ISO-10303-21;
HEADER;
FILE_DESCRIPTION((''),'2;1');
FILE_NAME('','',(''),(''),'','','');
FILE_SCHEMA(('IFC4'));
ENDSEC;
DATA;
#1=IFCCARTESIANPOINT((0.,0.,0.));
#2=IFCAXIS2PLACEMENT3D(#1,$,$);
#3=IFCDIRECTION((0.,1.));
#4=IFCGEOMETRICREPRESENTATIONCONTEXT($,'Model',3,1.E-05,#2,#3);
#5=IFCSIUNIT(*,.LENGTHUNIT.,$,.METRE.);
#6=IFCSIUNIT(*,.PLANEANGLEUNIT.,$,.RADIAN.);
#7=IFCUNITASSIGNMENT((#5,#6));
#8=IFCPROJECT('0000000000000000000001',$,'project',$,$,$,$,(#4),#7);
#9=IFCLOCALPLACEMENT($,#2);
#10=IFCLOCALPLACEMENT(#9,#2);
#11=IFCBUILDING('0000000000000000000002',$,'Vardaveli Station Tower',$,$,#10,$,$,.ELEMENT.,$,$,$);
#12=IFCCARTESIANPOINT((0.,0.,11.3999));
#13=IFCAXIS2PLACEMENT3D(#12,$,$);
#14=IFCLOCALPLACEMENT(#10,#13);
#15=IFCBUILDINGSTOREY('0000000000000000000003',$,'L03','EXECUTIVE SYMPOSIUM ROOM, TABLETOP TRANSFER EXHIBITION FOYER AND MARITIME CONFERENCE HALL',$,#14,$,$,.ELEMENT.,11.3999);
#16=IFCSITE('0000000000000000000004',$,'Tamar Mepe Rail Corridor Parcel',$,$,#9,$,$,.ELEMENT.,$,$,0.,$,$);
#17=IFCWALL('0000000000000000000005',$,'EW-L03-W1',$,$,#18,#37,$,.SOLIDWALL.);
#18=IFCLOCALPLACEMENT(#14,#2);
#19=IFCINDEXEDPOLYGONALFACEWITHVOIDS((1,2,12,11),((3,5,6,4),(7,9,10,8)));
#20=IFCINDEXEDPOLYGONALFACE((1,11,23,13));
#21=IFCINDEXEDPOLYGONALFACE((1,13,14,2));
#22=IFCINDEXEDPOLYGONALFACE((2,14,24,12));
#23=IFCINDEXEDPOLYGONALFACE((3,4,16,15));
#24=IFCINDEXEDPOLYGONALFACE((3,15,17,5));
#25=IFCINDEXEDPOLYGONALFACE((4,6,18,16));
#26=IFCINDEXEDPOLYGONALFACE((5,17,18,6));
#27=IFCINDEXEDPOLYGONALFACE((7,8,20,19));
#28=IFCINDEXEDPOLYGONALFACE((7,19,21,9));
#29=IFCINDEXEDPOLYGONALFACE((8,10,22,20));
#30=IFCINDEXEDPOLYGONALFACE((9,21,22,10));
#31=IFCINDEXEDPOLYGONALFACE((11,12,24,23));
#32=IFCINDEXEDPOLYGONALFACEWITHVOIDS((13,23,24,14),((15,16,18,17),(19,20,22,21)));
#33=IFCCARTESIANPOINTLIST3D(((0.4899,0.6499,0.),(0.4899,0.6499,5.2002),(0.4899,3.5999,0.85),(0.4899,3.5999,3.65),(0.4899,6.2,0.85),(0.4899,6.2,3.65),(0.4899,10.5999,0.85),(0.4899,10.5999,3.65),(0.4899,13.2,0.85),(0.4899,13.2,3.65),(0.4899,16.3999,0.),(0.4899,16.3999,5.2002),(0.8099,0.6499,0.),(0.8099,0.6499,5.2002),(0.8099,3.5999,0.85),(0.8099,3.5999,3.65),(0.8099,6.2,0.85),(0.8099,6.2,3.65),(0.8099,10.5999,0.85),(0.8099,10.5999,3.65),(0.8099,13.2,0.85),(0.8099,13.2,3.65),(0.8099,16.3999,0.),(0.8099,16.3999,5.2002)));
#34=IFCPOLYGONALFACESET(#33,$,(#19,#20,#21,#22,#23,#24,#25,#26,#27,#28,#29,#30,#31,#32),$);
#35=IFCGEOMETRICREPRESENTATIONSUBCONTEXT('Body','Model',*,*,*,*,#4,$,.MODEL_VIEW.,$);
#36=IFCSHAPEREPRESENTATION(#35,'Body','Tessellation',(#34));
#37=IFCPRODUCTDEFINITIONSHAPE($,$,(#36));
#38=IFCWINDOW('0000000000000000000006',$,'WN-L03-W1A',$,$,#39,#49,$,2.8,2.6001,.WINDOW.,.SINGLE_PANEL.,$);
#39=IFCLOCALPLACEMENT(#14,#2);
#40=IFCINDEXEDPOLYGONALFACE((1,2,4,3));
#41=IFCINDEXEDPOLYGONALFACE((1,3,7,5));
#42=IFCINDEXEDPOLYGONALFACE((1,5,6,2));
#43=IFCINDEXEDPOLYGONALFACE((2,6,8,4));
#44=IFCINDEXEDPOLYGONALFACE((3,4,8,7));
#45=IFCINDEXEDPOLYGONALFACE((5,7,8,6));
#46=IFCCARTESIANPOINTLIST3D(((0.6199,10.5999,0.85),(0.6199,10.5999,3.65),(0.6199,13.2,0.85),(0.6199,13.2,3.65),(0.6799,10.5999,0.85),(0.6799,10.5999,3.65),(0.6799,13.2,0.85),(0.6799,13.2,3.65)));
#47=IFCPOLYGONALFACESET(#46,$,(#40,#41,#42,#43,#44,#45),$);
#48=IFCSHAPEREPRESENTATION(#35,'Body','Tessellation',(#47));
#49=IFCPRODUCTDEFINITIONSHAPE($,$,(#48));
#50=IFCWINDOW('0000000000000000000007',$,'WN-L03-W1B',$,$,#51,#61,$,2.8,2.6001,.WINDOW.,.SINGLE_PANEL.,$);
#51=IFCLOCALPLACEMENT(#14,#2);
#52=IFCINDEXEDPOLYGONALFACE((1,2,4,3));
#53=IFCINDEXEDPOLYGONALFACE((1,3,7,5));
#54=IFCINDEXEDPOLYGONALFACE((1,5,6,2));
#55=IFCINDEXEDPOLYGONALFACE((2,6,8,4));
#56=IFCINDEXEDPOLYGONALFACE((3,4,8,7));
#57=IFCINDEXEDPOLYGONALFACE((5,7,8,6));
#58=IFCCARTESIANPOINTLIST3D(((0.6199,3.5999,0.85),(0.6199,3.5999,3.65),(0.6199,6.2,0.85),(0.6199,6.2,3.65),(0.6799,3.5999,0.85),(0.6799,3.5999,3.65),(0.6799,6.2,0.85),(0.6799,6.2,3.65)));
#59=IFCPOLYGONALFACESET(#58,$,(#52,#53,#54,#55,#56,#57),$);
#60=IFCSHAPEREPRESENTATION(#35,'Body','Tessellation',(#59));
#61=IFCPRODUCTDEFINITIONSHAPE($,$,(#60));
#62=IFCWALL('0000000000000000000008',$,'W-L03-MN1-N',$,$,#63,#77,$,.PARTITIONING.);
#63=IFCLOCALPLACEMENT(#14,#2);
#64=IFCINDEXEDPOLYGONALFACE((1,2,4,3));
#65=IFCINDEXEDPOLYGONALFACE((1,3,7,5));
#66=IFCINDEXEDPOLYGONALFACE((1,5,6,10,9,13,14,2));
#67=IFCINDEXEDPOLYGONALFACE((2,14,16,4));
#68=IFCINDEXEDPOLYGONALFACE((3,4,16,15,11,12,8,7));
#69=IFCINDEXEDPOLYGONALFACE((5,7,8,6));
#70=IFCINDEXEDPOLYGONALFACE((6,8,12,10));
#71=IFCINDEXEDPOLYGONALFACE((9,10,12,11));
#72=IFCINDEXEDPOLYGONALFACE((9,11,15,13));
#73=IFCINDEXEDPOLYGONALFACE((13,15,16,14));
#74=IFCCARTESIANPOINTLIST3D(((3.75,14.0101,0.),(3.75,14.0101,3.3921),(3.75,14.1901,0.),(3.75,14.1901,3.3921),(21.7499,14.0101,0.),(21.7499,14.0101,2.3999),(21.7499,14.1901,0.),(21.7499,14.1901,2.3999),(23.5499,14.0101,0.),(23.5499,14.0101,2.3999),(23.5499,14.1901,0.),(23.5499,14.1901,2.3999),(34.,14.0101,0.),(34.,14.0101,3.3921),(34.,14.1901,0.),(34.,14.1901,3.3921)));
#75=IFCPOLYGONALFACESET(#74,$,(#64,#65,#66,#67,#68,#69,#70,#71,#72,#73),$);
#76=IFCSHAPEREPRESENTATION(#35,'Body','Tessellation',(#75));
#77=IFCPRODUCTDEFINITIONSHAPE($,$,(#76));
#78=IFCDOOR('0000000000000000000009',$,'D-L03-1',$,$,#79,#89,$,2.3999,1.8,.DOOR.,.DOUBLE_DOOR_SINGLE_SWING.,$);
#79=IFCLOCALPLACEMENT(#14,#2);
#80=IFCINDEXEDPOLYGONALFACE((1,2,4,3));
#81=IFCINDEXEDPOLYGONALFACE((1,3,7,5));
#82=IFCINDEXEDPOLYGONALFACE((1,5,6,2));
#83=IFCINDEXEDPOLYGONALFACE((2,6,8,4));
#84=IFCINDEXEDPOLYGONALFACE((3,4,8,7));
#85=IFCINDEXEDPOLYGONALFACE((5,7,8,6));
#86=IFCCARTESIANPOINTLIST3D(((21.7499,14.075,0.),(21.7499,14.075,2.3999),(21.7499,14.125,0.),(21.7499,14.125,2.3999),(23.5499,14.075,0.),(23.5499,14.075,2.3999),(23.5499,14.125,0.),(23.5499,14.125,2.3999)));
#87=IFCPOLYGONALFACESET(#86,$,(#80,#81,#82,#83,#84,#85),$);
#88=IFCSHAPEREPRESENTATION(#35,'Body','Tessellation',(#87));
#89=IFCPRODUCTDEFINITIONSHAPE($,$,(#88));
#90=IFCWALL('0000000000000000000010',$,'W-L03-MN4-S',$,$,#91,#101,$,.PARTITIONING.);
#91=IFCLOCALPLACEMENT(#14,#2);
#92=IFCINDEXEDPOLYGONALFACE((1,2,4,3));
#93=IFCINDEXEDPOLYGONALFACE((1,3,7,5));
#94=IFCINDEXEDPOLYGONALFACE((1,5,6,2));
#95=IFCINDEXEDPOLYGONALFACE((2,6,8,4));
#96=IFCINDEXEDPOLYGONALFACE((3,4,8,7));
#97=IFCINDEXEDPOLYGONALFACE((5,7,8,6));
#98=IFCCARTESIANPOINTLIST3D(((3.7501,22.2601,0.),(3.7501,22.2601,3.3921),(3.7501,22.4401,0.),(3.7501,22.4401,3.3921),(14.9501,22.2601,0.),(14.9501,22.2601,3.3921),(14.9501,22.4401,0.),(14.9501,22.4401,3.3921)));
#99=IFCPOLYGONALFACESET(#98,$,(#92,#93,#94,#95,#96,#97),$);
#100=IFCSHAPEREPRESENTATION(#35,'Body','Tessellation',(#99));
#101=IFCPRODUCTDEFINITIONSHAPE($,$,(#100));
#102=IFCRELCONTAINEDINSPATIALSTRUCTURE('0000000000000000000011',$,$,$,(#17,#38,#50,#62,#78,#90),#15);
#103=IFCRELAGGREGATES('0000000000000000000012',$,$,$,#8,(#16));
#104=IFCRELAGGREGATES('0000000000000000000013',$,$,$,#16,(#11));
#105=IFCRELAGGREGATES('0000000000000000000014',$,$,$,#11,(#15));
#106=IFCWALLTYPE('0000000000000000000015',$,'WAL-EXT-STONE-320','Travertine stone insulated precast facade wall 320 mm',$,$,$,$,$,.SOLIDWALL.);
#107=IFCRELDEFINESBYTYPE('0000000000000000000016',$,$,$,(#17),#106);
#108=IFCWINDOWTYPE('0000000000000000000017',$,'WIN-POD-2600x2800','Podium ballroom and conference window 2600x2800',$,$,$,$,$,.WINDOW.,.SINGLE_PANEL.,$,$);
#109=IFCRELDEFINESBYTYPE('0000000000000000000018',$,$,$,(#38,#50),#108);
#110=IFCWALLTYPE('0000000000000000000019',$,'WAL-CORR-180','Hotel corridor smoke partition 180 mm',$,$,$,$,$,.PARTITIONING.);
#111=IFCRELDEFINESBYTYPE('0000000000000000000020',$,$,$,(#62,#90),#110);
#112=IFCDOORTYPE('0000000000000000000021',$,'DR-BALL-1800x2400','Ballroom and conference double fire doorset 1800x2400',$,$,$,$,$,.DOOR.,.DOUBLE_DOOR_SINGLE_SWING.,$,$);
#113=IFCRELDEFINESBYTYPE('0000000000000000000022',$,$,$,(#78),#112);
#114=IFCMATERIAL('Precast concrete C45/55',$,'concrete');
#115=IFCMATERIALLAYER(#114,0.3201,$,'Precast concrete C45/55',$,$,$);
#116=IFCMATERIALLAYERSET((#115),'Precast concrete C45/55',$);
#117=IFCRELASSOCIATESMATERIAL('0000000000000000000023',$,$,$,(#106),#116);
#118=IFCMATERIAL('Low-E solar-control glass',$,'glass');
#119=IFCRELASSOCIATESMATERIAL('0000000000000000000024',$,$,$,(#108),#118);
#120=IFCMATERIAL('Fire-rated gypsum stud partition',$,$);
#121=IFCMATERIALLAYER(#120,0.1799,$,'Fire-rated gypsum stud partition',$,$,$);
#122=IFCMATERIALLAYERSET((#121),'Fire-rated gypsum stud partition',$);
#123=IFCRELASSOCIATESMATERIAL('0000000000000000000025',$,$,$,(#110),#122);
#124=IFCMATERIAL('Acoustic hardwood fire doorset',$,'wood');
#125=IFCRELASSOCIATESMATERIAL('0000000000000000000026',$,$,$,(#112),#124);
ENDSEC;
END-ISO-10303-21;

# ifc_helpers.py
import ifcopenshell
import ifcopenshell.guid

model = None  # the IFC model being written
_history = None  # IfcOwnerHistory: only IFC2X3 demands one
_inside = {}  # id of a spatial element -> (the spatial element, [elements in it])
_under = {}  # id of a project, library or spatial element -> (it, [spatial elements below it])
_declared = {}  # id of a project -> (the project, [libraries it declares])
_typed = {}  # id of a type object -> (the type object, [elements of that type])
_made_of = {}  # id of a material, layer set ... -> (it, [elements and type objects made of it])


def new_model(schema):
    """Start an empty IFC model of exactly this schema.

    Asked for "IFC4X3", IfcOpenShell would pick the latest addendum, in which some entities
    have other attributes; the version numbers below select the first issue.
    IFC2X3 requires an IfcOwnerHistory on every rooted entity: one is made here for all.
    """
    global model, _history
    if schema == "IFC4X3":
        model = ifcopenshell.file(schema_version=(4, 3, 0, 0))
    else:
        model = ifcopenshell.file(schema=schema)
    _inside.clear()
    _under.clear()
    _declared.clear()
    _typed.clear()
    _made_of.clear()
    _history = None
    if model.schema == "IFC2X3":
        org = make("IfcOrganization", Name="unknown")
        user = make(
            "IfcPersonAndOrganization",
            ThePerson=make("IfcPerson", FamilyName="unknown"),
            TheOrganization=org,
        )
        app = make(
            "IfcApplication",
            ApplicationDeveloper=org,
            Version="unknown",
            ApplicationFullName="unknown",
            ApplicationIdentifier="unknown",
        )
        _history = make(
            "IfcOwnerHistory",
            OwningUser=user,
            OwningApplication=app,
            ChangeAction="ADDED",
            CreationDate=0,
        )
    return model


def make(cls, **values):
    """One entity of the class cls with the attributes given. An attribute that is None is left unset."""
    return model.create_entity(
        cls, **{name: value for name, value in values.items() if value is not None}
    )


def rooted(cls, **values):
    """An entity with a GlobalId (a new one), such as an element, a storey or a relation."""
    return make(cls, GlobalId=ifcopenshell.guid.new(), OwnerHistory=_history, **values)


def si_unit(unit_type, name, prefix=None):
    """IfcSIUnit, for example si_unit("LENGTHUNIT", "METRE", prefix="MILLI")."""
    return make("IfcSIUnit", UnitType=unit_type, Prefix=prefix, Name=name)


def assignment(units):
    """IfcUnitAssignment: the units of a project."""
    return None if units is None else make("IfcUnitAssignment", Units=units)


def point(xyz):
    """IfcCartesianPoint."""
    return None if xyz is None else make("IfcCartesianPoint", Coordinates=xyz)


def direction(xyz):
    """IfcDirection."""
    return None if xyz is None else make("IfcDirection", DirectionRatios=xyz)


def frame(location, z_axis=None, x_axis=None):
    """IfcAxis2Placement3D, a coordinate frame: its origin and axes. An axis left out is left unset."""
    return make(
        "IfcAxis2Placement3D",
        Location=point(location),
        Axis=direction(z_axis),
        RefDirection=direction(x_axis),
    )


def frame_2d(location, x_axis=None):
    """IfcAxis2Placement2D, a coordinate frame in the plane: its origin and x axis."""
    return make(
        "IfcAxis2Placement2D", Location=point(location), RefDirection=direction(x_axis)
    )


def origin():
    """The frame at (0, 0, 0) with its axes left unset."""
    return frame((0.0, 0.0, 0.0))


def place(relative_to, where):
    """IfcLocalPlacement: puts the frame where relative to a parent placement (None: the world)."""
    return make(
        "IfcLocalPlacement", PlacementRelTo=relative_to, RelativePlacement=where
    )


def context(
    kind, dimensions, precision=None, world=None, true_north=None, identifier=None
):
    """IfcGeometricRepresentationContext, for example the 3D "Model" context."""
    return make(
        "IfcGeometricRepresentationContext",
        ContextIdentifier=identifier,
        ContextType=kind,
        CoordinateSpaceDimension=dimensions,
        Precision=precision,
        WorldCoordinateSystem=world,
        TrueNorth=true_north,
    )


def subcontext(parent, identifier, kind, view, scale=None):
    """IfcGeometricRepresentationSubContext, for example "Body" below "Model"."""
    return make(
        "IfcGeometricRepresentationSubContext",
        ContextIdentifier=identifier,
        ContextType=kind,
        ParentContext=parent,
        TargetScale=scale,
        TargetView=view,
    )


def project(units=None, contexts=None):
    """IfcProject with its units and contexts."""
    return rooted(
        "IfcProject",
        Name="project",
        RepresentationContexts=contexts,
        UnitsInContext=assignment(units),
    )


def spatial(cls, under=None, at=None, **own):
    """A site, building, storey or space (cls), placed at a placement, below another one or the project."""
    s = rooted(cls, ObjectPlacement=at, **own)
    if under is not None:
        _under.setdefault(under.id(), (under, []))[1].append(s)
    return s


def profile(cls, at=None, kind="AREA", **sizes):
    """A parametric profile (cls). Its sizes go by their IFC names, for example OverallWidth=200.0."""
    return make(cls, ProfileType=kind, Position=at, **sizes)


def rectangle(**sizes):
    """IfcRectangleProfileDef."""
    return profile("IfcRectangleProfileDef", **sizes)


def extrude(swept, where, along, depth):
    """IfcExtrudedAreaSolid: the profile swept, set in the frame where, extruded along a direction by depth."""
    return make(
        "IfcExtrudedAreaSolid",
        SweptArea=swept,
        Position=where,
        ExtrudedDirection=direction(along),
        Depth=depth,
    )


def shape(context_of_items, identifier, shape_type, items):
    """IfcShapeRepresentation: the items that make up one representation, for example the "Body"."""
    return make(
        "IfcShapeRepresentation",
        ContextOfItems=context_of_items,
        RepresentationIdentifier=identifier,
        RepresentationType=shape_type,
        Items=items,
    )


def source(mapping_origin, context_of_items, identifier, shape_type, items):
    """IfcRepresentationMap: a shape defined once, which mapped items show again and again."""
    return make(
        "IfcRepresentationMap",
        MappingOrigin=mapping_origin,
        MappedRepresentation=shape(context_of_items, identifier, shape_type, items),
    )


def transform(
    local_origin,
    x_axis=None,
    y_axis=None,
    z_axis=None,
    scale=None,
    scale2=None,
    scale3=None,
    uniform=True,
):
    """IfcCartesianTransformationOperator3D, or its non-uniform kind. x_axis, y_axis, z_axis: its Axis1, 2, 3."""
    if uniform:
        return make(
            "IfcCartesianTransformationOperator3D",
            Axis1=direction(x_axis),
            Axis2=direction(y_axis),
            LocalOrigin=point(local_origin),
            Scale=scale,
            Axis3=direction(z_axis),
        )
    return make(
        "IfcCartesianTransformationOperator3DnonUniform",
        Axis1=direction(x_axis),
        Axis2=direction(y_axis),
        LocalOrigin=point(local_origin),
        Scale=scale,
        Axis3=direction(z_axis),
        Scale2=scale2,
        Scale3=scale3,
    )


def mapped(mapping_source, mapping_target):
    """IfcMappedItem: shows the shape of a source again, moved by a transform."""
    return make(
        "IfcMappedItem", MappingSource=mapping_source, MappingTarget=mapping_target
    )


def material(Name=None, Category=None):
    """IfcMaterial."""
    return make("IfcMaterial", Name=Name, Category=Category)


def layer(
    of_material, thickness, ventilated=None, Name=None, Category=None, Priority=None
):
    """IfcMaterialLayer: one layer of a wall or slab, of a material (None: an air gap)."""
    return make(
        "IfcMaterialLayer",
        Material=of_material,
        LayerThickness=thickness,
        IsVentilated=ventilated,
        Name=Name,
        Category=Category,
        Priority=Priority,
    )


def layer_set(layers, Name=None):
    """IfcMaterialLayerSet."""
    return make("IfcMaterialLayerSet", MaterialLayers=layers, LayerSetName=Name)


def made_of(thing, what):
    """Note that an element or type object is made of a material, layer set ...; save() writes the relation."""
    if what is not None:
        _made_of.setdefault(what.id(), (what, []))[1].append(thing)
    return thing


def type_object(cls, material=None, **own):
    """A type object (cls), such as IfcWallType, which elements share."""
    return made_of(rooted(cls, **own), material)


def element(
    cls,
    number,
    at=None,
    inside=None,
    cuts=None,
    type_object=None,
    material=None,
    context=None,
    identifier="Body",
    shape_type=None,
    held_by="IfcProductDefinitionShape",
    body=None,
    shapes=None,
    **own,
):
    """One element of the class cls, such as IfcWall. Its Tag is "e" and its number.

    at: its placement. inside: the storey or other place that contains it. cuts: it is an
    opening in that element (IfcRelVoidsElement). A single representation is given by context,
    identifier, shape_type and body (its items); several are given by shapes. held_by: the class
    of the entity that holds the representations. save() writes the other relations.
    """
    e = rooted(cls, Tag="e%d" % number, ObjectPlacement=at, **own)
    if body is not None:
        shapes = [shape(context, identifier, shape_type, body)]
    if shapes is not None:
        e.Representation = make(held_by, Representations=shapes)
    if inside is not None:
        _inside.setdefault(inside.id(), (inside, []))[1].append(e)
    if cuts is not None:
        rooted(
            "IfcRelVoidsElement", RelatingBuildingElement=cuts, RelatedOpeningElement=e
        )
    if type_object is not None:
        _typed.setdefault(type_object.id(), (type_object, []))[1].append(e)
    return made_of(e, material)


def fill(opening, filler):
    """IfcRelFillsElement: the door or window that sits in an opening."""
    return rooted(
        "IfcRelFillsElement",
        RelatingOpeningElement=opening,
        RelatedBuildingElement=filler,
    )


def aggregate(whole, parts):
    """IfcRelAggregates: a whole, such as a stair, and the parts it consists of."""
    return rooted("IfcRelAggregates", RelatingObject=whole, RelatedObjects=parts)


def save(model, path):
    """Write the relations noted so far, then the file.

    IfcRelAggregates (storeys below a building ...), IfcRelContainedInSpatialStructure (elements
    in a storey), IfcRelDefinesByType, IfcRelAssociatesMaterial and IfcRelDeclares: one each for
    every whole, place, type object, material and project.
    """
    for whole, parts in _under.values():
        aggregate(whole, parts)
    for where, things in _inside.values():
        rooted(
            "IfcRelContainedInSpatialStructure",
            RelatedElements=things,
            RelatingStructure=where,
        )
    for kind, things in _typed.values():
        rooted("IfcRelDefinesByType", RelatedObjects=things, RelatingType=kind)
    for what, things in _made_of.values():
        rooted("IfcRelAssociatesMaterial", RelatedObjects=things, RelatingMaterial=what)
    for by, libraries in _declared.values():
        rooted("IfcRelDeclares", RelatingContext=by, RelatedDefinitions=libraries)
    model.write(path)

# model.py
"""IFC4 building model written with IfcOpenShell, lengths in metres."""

from ifc_helpers import new_model, si_unit, direction, frame, frame_2d, origin, place, context, subcontext, project, spatial, rectangle, extrude, source, transform, mapped, material, layer, layer_set, type_object, element, fill, save


model = new_model("IFC4")

# Units and contexts
model_context = context("Model", 3, precision=1e-05, world=origin(), true_north=direction((0.0, 1.0)))
body_context = subcontext(model_context, "Body", "Model", "MODEL_VIEW")
ifc_project = project(units=[si_unit("LENGTHUNIT", "METRE"), si_unit("PLANEANGLEUNIT", "RADIAN")], contexts=[model_context])

# Site, building, storey
site_placement = place(None, origin())
site = spatial("IfcSite", under=ifc_project, at=site_placement, Name="Tamar Mepe Rail Corridor Parcel", CompositionType="ELEMENT", RefElevation=0.0)
building_placement = place(site_placement, origin())
building = spatial("IfcBuilding", under=site, at=building_placement, Name="Vardaveli Station Tower", CompositionType="ELEMENT")
storey_placement = place(building_placement, frame((0.0, 0.0, 11.3999)))
storey = spatial("IfcBuildingStorey", under=building, at=storey_placement, Name="L03", Description="EXECUTIVE SYMPOSIUM ROOM, TABLETOP TRANSFER EXHIBITION FOYER AND MARITIME CONFERENCE HALL", CompositionType="ELEMENT", Elevation=11.3999)

# Wall, openings, windows
ifc_material_1 = material(Name="Precast concrete C45/55", Category="concrete")
ifc_layer_1 = layer(ifc_material_1, 0.3201, Name="Precast concrete C45/55")
ifc_layer_set_1 = layer_set([ifc_layer_1], Name="Precast concrete C45/55")
wall_type_1 = type_object("IfcWallType", Name="WAL-EXT-STONE-320", Description="Travertine stone insulated precast facade wall 320 mm", PredefinedType="SOLIDWALL", material=ifc_layer_set_1)
shared_shape_1 = source(origin(), body_context, "Body", "SweptSolid", [
    extrude(rectangle(XDim=15.75, YDim=0.3201, at=frame_2d((7.875, 0.0))), origin(), (0.0, 0.0, 1.0), 5.2002),
])
wall_1_placement = place(storey_placement, frame((0.6499, 16.3999, 0.0), z_axis=(0.0, 0.0, 1.0), x_axis=(0.0, -1.0, 0.0)))
wall_1 = element("IfcWall", 1, at=wall_1_placement, inside=storey, type_object=wall_type_1, Name="EW-L03-W1", PredefinedType="SOLIDWALL", context=body_context, shape_type="MappedRepresentation", body=[
    mapped(shared_shape_1, transform((0.0, 0.0, 0.0), scale=1.0)),
])
shared_shape_2 = source(origin(), body_context, "Body", "SweptSolid", [
    extrude(rectangle(XDim=2.6001, YDim=2.8, at=frame_2d((1.3, 1.3999))), frame((0.0, 0.1699, 0.0), z_axis=(0.0, -1.0, 0.0), x_axis=(1.0, 0.0, 0.0)), (0.0, 0.0, 1.0), 0.3401),
])
opening_1_placement = place(wall_1_placement, frame((3.2, 0.0, 0.8501)))
opening_1 = element("IfcOpeningElement", 2, at=opening_1_placement, cuts=wall_1, PredefinedType="OPENING", context=body_context, shape_type="MappedRepresentation", body=[
    mapped(shared_shape_2, transform((0.0, 0.0, 0.0), scale=1.0)),
])
opening_2_placement = place(wall_1_placement, frame((10.2, 0.0, 0.8501)))
opening_2 = element("IfcOpeningElement", 3, at=opening_2_placement, cuts=wall_1, PredefinedType="OPENING", context=body_context, shape_type="MappedRepresentation", body=[
    mapped(shared_shape_2, transform((0.0, 0.0, 0.0), scale=1.0)),
])
ifc_material_2 = material(Name="Low-E solar-control glass", Category="glass")
window_type = type_object("IfcWindowType", Name="WIN-POD-2600x2800", Description="Podium ballroom and conference window 2600x2800", PartitioningType="SINGLE_PANEL", PredefinedType="WINDOW", material=ifc_material_2)
shared_shape_3 = source(origin(), body_context, "Body", "SweptSolid", [
    extrude(rectangle(XDim=2.6001, YDim=2.8, at=frame_2d((1.3, 1.3999))), frame((0.0, 0.03, 0.0), z_axis=(0.0, -1.0, 0.0), x_axis=(1.0, 0.0, 0.0)), (0.0, 0.0, 1.0), 0.0601),
])
window_1_placement = place(opening_1_placement, origin())
window_1 = element("IfcWindow", 4, at=window_1_placement, inside=storey, type_object=window_type, Name="WN-L03-W1A", OverallHeight=2.8, OverallWidth=2.6001, PartitioningType="SINGLE_PANEL", PredefinedType="WINDOW", context=body_context, shape_type="MappedRepresentation", body=[
    mapped(shared_shape_3, transform((0.0, 0.0, 0.0), scale=1.0)),
])
fill(opening_1, window_1)
window_2_placement = place(opening_2_placement, origin())
window_2 = element("IfcWindow", 5, at=window_2_placement, inside=storey, type_object=window_type, Name="WN-L03-W1B", OverallHeight=2.8, OverallWidth=2.6001, PartitioningType="SINGLE_PANEL", PredefinedType="WINDOW", context=body_context, shape_type="MappedRepresentation", body=[
    mapped(shared_shape_3, transform((0.0, 0.0, 0.0), scale=1.0)),
])
fill(opening_2, window_2)

# Wall, opening, door
ifc_material_3 = material(Name="Fire-rated gypsum stud partition")
ifc_layer_2 = layer(ifc_material_3, 0.1799, Name="Fire-rated gypsum stud partition")
ifc_layer_set_2 = layer_set([ifc_layer_2], Name="Fire-rated gypsum stud partition")
wall_type_2 = type_object("IfcWallType", Name="WAL-CORR-180", Description="Hotel corridor smoke partition 180 mm", PredefinedType="PARTITIONING", material=ifc_layer_set_2)
shared_shape_4 = source(origin(), body_context, "Body", "SweptSolid", [
    extrude(rectangle(XDim=30.25, YDim=0.1799, at=frame_2d((15.125, 0.0))), origin(), (0.0, 0.0, 1.0), 3.3921),
])
wall_2_placement = place(storey_placement, frame((3.75, 14.1001, 0.0), z_axis=(0.0, 0.0, 1.0), x_axis=(1.0, 0.0, 0.0)))
wall_2 = element("IfcWall", 6, at=wall_2_placement, inside=storey, type_object=wall_type_2, Name="W-L03-MN1-N", PredefinedType="PARTITIONING", context=body_context, shape_type="MappedRepresentation", body=[
    mapped(shared_shape_4, transform((0.0, 0.0, 0.0), scale=1.0)),
])
shared_shape_5 = source(origin(), body_context, "Body", "SweptSolid", [
    extrude(rectangle(XDim=1.8, YDim=2.3999, at=frame_2d((0.8999, 1.2))), frame((0.0, 0.1001, 0.0), z_axis=(0.0, -1.0, 0.0), x_axis=(1.0, 0.0, 0.0)), (0.0, 0.0, 1.0), 0.2),
])
opening_3_placement = place(wall_2_placement, frame((18.0, 0.0, 0.0)))
opening_3 = element("IfcOpeningElement", 7, at=opening_3_placement, cuts=wall_2, PredefinedType="OPENING", context=body_context, shape_type="MappedRepresentation", body=[
    mapped(shared_shape_5, transform((0.0, 0.0, 0.0), scale=1.0)),
])
ifc_material_4 = material(Name="Acoustic hardwood fire doorset", Category="wood")
door_type = type_object("IfcDoorType", Name="DR-BALL-1800x2400", Description="Ballroom and conference double fire doorset 1800x2400", OperationType="DOUBLE_DOOR_SINGLE_SWING", PredefinedType="DOOR", material=ifc_material_4)
shared_shape_6 = source(origin(), body_context, "Body", "SweptSolid", [
    extrude(rectangle(XDim=1.8, YDim=2.3999, at=frame_2d((0.8999, 1.2))), frame((0.0, 0.0249, 0.0), z_axis=(0.0, -1.0, 0.0), x_axis=(1.0, 0.0, 0.0)), (0.0, 0.0, 1.0), 0.05),
])
door_placement = place(opening_3_placement, origin())
door = element("IfcDoor", 8, at=door_placement, inside=storey, type_object=door_type, Name="D-L03-1", OperationType="DOUBLE_DOOR_SINGLE_SWING", OverallHeight=2.3999, OverallWidth=1.8, PredefinedType="DOOR", context=body_context, shape_type="MappedRepresentation", body=[
    mapped(shared_shape_6, transform((0.0, 0.0, 0.0), scale=1.0)),
])
fill(opening_3, door)

# Wall
shared_shape_7 = source(origin(), body_context, "Body", "SweptSolid", [
    extrude(rectangle(XDim=11.2, YDim=0.1799, at=frame_2d((5.6001, 0.0))), origin(), (0.0, 0.0, 1.0), 3.3921),
])
wall_3_placement = place(storey_placement, frame((3.75, 22.3501, 0.0), z_axis=(0.0, 0.0, 1.0), x_axis=(1.0, 0.0, 0.0)))
element("IfcWall", 9, at=wall_3_placement, inside=storey, type_object=wall_type_2, Name="W-L03-MN4-S", PredefinedType="PARTITIONING", context=body_context, shape_type="MappedRepresentation", body=[
    mapped(shared_shape_7, transform((0.0, 0.0, 0.0), scale=1.0)),
])

save(model, "model.ifc")
